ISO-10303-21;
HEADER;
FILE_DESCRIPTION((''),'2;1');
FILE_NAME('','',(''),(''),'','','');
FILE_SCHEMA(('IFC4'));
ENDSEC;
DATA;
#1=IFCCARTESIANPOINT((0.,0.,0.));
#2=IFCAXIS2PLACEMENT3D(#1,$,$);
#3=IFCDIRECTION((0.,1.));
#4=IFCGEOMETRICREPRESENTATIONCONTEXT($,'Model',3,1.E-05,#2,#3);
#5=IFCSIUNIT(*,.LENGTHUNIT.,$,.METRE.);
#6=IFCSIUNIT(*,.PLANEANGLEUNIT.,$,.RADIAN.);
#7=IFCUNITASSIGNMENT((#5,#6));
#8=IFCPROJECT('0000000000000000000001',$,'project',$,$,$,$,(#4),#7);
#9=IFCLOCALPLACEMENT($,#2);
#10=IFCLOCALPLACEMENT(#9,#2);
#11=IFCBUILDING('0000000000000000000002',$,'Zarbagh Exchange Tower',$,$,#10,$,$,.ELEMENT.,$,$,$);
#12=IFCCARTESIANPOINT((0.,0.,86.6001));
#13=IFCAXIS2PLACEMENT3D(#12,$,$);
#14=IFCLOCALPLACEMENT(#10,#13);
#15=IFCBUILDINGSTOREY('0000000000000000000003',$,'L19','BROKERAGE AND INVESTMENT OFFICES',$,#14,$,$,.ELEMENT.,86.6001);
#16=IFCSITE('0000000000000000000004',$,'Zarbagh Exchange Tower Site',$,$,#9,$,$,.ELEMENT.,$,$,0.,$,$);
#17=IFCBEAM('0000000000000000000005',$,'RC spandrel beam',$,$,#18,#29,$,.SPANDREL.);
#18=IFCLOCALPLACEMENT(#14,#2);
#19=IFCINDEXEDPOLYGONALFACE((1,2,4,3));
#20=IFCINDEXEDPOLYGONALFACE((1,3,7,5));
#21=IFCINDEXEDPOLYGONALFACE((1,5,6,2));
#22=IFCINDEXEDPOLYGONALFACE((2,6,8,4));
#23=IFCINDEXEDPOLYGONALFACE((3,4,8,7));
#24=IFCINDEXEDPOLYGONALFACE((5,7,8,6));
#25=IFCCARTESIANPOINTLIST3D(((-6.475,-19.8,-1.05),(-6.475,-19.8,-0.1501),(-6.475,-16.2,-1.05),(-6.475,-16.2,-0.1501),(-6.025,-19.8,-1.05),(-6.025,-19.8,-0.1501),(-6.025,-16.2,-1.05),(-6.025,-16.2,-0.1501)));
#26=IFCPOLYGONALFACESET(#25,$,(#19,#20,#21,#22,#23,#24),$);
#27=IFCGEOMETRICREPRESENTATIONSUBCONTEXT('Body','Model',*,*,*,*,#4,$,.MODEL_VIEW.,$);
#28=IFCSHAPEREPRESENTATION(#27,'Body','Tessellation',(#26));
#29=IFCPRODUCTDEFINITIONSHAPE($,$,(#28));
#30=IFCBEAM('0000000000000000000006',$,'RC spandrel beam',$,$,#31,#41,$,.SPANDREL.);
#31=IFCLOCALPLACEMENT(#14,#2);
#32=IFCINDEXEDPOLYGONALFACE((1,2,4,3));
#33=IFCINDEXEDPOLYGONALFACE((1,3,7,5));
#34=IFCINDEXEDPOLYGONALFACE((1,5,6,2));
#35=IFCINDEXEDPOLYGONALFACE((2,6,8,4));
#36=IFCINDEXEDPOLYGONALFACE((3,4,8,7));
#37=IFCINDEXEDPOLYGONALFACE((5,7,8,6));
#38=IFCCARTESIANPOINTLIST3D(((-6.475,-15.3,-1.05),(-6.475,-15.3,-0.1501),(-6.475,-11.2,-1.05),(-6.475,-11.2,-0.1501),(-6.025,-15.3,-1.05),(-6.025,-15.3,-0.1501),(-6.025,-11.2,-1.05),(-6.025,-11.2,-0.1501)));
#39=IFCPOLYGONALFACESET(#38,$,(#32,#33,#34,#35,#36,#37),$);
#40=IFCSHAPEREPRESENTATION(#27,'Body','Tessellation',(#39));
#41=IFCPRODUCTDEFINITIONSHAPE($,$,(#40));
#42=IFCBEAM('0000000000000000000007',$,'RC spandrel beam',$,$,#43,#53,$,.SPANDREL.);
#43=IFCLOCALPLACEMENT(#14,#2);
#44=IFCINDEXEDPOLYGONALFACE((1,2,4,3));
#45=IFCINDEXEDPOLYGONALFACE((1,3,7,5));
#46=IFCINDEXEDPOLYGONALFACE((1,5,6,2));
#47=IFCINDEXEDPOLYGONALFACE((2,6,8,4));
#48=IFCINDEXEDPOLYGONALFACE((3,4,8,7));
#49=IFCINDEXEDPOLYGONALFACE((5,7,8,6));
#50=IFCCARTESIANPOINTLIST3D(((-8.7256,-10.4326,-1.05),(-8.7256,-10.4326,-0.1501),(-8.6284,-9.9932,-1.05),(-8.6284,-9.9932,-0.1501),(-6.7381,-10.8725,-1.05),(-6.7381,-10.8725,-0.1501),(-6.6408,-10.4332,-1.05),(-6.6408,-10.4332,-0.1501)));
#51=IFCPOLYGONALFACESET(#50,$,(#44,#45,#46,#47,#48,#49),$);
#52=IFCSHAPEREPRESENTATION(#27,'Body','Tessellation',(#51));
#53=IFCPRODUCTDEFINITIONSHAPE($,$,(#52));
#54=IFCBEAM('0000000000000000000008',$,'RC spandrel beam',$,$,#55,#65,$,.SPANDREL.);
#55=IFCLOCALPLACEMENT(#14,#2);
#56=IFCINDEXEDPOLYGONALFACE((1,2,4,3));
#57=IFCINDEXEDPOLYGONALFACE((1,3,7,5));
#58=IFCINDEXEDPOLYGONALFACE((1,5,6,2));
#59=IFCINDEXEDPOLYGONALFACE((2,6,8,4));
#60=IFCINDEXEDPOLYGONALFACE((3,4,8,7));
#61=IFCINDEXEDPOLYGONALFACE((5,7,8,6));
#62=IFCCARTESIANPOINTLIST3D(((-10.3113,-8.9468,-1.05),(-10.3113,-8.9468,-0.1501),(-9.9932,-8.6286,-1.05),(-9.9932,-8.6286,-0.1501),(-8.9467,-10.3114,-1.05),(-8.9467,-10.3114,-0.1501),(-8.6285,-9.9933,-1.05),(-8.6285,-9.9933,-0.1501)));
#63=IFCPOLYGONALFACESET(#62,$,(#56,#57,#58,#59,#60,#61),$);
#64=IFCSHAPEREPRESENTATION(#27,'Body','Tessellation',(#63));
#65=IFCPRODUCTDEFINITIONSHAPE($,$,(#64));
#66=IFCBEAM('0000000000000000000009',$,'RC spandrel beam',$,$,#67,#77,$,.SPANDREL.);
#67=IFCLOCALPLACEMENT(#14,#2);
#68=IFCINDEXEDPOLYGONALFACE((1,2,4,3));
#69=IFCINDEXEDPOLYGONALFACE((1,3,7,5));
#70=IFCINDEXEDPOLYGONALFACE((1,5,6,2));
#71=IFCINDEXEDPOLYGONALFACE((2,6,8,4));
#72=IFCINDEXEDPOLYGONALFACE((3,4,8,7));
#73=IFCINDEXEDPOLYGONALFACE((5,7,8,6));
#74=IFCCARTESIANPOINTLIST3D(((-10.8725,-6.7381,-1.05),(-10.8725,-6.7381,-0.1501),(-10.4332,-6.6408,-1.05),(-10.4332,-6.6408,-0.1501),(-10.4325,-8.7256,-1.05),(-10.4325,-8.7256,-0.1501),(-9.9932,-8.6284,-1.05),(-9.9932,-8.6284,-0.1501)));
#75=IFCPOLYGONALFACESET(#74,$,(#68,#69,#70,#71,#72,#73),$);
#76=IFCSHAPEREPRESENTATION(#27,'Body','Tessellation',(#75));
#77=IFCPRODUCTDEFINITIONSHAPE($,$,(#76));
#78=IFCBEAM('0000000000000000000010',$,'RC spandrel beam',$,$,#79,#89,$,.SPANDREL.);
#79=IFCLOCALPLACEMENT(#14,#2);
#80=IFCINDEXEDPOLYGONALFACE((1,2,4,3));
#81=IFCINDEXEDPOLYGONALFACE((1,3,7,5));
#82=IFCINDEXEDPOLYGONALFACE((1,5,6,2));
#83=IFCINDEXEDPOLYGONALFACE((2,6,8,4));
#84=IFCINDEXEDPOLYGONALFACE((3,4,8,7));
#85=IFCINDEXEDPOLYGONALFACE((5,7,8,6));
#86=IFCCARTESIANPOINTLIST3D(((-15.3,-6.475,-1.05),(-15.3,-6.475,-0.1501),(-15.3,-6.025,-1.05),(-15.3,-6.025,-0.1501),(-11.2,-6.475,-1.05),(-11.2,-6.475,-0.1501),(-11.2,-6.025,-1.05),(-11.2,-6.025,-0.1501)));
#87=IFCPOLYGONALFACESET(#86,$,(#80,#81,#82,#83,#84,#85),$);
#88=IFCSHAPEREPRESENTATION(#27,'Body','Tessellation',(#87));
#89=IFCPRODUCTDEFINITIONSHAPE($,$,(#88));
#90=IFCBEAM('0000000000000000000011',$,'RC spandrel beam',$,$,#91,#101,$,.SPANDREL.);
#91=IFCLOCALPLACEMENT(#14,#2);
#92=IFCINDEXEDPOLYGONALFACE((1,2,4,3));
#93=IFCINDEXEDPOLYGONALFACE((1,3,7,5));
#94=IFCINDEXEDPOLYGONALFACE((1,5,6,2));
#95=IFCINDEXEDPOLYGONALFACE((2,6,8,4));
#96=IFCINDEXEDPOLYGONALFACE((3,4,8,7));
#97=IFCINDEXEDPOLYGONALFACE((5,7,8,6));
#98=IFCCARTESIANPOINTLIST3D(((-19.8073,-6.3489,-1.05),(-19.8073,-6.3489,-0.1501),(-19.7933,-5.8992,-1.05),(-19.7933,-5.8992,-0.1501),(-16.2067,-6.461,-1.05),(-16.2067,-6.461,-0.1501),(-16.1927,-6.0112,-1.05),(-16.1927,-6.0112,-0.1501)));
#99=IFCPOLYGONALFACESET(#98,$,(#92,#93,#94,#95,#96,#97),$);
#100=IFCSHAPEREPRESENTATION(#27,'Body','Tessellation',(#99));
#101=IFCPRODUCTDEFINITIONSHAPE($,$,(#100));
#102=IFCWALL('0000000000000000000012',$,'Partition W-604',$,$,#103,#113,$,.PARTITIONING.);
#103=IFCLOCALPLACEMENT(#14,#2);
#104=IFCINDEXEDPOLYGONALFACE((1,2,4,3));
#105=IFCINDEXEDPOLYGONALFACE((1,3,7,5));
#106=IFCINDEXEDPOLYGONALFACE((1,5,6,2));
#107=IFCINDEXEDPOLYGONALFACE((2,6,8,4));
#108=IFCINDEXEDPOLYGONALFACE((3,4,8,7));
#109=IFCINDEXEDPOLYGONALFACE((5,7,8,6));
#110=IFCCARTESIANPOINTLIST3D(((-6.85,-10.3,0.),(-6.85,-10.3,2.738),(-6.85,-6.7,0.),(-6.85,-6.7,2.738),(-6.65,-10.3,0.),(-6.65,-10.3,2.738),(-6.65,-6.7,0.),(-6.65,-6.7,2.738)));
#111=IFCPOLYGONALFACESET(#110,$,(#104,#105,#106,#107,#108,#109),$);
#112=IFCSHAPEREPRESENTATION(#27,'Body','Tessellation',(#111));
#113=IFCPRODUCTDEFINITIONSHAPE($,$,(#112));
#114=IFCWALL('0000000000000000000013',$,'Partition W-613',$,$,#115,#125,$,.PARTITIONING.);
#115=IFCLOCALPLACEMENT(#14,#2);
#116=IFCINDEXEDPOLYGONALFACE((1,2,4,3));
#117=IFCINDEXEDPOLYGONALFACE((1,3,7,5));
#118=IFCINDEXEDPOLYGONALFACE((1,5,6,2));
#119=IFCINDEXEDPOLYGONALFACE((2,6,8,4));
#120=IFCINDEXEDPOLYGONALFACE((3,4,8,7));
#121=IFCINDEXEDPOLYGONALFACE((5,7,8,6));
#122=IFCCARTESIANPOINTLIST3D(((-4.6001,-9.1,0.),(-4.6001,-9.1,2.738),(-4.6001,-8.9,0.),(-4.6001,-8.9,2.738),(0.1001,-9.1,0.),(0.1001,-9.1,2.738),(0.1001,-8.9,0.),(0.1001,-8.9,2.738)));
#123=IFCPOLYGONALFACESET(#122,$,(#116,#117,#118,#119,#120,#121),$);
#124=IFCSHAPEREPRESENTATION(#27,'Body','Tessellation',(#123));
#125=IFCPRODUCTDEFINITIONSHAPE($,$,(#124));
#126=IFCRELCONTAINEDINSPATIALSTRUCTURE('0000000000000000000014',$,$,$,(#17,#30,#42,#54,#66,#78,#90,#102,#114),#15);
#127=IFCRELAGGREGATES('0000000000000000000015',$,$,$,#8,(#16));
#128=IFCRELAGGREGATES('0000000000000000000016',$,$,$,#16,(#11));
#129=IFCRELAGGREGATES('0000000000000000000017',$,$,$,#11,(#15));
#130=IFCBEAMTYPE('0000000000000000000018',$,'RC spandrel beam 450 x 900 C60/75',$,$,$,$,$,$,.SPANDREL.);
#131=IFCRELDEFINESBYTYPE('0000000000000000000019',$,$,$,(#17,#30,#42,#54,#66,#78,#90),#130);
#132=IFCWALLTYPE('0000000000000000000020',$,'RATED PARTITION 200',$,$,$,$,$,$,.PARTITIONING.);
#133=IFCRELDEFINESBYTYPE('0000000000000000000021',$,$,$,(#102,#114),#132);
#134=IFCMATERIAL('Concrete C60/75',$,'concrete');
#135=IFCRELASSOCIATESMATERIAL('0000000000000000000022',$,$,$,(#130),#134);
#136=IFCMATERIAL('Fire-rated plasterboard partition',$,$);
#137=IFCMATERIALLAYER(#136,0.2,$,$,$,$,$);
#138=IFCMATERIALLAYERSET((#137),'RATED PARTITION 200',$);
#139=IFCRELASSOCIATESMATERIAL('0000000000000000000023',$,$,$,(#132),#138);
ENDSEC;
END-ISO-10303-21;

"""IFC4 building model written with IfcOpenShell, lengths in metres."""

from ifc_helpers import new_model, si_unit, direction, frame, frame_2d, origin, origin_2d, place, context, subcontext, project, spatial, rectangle, extrude, material, layer, layer_set, material_profile, profile_set, type_object, element, save


model = new_model("IFC4")

# Units and contexts
model_context = context("Model", 3, precision=1e-05, world=origin(), true_north=direction((0.0, 1.0)))
body_context = subcontext(model_context, "Body", "Model", "MODEL_VIEW")
ifc_project = project(units=[si_unit("LENGTHUNIT", "METRE"), si_unit("PLANEANGLEUNIT", "RADIAN")], contexts=[model_context])

# Site, building, storey
site_placement = place(None, origin())
site = spatial("IfcSite", under=ifc_project, at=site_placement, Name="Zarbagh Exchange Tower Site", CompositionType="ELEMENT", RefElevation=0.0)
building_placement = place(site_placement, origin())
building = spatial("IfcBuilding", under=site, at=building_placement, Name="Zarbagh Exchange Tower", CompositionType="ELEMENT")
storey_placement = place(building_placement, frame((0.0, 0.0, 86.6001)))
storey = spatial("IfcBuildingStorey", under=building, at=storey_placement, Name="L19", Description="BROKERAGE AND INVESTMENT OFFICES", CompositionType="ELEMENT", Elevation=86.6001)

# Shared definitions
ifc_material_1 = material(Name="Concrete C60/75", Category="concrete")

# Beams
ifc_material_profile_1 = material_profile(ifc_material_1, rectangle(XDim=0.45, YDim=0.8999, at=origin_2d()), Name="RC spandrel beam 450 x 900 C60/75")
ifc_profile_set_1 = profile_set([ifc_material_profile_1], Name="Concrete C60/75")
beam_type_1 = type_object("IfcBeamType", Name="RC spandrel beam 450 x 900 C60/75", PredefinedType="SPANDREL", material=ifc_profile_set_1)
beam_1_placement = place(storey_placement, frame((-6.25, -19.8, -0.6001), z_axis=(0.0, 1.0, 0.0), x_axis=(-1.0, 0.0, 0.0)))
element("IfcBeam", 1, at=beam_1_placement, inside=storey, type_object=beam_type_1, Name="RC spandrel beam", PredefinedType="SPANDREL", context=body_context, shape_type="SweptSolid", body=[
    extrude(rectangle(XDim=0.45, YDim=0.8999, at=origin_2d()), origin(), (0.0, 0.0, 1.0), 3.6001),
])
beam_2_placement = place(storey_placement, frame((-6.25, -15.3, -0.6001), z_axis=(0.0, 1.0, 0.0), x_axis=(-1.0, 0.0, 0.0)))
element("IfcBeam", 2, at=beam_2_placement, inside=storey, type_object=beam_type_1, Name="RC spandrel beam", PredefinedType="SPANDREL", context=body_context, shape_type="SweptSolid", body=[
    extrude(rectangle(XDim=0.45, YDim=0.8999, at=origin_2d()), origin(), (0.0, 0.0, 1.0), 4.1001),
])
beam_3_placement = place(storey_placement, frame((-6.6895, -10.6528, -0.6001), z_axis=(-0.976367, 0.216118, 0.0), x_axis=(-0.216118, -0.976367, 0.0)))
element("IfcBeam", 3, at=beam_3_placement, inside=storey, type_object=beam_type_1, Name="RC spandrel beam", PredefinedType="SPANDREL", context=body_context, shape_type="SweptSolid", body=[
    extrude(rectangle(XDim=0.45, YDim=0.8999, at=origin_2d()), origin(), (0.0, 0.0, 1.0), 2.0356),
])
beam_4_placement = place(storey_placement, frame((-8.7876, -10.1523, -0.6001), z_axis=(-0.707107, 0.707107, 0.0), x_axis=(-0.707107, -0.707107, 0.0)))
element("IfcBeam", 4, at=beam_4_placement, inside=storey, type_object=beam_type_1, Name="RC spandrel beam", PredefinedType="SPANDREL", context=body_context, shape_type="SweptSolid", body=[
    extrude(rectangle(XDim=0.45, YDim=0.8999, at=origin_2d()), origin(), (0.0, 0.0, 1.0), 1.9299),
])
beam_5_placement = place(storey_placement, frame((-10.2129, -8.677, -0.6001), z_axis=(-0.216118, 0.976367, 0.0), x_axis=(-0.976367, -0.216118, 0.0)))
element("IfcBeam", 5, at=beam_5_placement, inside=storey, type_object=beam_type_1, Name="RC spandrel beam", PredefinedType="SPANDREL", context=body_context, shape_type="SweptSolid", body=[
    extrude(rectangle(XDim=0.45, YDim=0.8999, at=origin_2d()), origin(), (0.0, 0.0, 1.0), 2.0356),
])
beam_6_placement = place(storey_placement, frame((-11.2, -6.25, -0.6001), z_axis=(-1.0, 0.0, 0.0), x_axis=(0.0, -1.0, 0.0)))
element("IfcBeam", 6, at=beam_6_placement, inside=storey, type_object=beam_type_1, Name="RC spandrel beam", PredefinedType="SPANDREL", context=body_context, shape_type="SweptSolid", body=[
    extrude(rectangle(XDim=0.45, YDim=0.8999, at=origin_2d()), origin(), (0.0, 0.0, 1.0), 4.1001),
])
beam_7_placement = place(storey_placement, frame((-16.1997, -6.2361, -0.6001), z_axis=(-0.999516, 0.031108, 0.0), x_axis=(-0.031108, -0.999516, 0.0)))
element("IfcBeam", 7, at=beam_7_placement, inside=storey, type_object=beam_type_1, Name="RC spandrel beam", PredefinedType="SPANDREL", context=body_context, shape_type="SweptSolid", body=[
    extrude(rectangle(XDim=0.45, YDim=0.8999, at=origin_2d()), origin(), (0.0, 0.0, 1.0), 3.6023),
])

# Walls
ifc_material_2 = material(Name="Fire-rated plasterboard partition")
ifc_layer = layer(ifc_material_2, 0.2)
ifc_layer_set = layer_set([ifc_layer], Name="RATED PARTITION 200")
wall_type = type_object("IfcWallType", Name="RATED PARTITION 200", PredefinedType="PARTITIONING", material=ifc_layer_set)
wall_1_placement = place(storey_placement, frame((-6.75, -10.3, 0.0), z_axis=(0.0, 0.0, 1.0), x_axis=(0.0, 1.0, 0.0)))
element("IfcWall", 8, at=wall_1_placement, inside=storey, type_object=wall_type, Name="Partition W-604", PredefinedType="PARTITIONING", context=body_context, shape_type="SweptSolid", body=[
    extrude(rectangle(XDim=3.6001, YDim=0.2, at=frame_2d((1.8, 0.0))), origin(), (0.0, 0.0, 1.0), 2.738),
])
wall_2_placement = place(storey_placement, frame((-4.6001, -9.0, 0.0), z_axis=(0.0, 0.0, 1.0), x_axis=(1.0, 0.0, 0.0)))
element("IfcWall", 9, at=wall_2_placement, inside=storey, type_object=wall_type, Name="Partition W-613", PredefinedType="PARTITIONING", context=body_context, shape_type="SweptSolid", body=[
    extrude(rectangle(XDim=4.7002, YDim=0.2, at=frame_2d((2.3501, 0.0))), origin(), (0.0, 0.0, 1.0), 2.738),
])

save(model, "model.ifc")
